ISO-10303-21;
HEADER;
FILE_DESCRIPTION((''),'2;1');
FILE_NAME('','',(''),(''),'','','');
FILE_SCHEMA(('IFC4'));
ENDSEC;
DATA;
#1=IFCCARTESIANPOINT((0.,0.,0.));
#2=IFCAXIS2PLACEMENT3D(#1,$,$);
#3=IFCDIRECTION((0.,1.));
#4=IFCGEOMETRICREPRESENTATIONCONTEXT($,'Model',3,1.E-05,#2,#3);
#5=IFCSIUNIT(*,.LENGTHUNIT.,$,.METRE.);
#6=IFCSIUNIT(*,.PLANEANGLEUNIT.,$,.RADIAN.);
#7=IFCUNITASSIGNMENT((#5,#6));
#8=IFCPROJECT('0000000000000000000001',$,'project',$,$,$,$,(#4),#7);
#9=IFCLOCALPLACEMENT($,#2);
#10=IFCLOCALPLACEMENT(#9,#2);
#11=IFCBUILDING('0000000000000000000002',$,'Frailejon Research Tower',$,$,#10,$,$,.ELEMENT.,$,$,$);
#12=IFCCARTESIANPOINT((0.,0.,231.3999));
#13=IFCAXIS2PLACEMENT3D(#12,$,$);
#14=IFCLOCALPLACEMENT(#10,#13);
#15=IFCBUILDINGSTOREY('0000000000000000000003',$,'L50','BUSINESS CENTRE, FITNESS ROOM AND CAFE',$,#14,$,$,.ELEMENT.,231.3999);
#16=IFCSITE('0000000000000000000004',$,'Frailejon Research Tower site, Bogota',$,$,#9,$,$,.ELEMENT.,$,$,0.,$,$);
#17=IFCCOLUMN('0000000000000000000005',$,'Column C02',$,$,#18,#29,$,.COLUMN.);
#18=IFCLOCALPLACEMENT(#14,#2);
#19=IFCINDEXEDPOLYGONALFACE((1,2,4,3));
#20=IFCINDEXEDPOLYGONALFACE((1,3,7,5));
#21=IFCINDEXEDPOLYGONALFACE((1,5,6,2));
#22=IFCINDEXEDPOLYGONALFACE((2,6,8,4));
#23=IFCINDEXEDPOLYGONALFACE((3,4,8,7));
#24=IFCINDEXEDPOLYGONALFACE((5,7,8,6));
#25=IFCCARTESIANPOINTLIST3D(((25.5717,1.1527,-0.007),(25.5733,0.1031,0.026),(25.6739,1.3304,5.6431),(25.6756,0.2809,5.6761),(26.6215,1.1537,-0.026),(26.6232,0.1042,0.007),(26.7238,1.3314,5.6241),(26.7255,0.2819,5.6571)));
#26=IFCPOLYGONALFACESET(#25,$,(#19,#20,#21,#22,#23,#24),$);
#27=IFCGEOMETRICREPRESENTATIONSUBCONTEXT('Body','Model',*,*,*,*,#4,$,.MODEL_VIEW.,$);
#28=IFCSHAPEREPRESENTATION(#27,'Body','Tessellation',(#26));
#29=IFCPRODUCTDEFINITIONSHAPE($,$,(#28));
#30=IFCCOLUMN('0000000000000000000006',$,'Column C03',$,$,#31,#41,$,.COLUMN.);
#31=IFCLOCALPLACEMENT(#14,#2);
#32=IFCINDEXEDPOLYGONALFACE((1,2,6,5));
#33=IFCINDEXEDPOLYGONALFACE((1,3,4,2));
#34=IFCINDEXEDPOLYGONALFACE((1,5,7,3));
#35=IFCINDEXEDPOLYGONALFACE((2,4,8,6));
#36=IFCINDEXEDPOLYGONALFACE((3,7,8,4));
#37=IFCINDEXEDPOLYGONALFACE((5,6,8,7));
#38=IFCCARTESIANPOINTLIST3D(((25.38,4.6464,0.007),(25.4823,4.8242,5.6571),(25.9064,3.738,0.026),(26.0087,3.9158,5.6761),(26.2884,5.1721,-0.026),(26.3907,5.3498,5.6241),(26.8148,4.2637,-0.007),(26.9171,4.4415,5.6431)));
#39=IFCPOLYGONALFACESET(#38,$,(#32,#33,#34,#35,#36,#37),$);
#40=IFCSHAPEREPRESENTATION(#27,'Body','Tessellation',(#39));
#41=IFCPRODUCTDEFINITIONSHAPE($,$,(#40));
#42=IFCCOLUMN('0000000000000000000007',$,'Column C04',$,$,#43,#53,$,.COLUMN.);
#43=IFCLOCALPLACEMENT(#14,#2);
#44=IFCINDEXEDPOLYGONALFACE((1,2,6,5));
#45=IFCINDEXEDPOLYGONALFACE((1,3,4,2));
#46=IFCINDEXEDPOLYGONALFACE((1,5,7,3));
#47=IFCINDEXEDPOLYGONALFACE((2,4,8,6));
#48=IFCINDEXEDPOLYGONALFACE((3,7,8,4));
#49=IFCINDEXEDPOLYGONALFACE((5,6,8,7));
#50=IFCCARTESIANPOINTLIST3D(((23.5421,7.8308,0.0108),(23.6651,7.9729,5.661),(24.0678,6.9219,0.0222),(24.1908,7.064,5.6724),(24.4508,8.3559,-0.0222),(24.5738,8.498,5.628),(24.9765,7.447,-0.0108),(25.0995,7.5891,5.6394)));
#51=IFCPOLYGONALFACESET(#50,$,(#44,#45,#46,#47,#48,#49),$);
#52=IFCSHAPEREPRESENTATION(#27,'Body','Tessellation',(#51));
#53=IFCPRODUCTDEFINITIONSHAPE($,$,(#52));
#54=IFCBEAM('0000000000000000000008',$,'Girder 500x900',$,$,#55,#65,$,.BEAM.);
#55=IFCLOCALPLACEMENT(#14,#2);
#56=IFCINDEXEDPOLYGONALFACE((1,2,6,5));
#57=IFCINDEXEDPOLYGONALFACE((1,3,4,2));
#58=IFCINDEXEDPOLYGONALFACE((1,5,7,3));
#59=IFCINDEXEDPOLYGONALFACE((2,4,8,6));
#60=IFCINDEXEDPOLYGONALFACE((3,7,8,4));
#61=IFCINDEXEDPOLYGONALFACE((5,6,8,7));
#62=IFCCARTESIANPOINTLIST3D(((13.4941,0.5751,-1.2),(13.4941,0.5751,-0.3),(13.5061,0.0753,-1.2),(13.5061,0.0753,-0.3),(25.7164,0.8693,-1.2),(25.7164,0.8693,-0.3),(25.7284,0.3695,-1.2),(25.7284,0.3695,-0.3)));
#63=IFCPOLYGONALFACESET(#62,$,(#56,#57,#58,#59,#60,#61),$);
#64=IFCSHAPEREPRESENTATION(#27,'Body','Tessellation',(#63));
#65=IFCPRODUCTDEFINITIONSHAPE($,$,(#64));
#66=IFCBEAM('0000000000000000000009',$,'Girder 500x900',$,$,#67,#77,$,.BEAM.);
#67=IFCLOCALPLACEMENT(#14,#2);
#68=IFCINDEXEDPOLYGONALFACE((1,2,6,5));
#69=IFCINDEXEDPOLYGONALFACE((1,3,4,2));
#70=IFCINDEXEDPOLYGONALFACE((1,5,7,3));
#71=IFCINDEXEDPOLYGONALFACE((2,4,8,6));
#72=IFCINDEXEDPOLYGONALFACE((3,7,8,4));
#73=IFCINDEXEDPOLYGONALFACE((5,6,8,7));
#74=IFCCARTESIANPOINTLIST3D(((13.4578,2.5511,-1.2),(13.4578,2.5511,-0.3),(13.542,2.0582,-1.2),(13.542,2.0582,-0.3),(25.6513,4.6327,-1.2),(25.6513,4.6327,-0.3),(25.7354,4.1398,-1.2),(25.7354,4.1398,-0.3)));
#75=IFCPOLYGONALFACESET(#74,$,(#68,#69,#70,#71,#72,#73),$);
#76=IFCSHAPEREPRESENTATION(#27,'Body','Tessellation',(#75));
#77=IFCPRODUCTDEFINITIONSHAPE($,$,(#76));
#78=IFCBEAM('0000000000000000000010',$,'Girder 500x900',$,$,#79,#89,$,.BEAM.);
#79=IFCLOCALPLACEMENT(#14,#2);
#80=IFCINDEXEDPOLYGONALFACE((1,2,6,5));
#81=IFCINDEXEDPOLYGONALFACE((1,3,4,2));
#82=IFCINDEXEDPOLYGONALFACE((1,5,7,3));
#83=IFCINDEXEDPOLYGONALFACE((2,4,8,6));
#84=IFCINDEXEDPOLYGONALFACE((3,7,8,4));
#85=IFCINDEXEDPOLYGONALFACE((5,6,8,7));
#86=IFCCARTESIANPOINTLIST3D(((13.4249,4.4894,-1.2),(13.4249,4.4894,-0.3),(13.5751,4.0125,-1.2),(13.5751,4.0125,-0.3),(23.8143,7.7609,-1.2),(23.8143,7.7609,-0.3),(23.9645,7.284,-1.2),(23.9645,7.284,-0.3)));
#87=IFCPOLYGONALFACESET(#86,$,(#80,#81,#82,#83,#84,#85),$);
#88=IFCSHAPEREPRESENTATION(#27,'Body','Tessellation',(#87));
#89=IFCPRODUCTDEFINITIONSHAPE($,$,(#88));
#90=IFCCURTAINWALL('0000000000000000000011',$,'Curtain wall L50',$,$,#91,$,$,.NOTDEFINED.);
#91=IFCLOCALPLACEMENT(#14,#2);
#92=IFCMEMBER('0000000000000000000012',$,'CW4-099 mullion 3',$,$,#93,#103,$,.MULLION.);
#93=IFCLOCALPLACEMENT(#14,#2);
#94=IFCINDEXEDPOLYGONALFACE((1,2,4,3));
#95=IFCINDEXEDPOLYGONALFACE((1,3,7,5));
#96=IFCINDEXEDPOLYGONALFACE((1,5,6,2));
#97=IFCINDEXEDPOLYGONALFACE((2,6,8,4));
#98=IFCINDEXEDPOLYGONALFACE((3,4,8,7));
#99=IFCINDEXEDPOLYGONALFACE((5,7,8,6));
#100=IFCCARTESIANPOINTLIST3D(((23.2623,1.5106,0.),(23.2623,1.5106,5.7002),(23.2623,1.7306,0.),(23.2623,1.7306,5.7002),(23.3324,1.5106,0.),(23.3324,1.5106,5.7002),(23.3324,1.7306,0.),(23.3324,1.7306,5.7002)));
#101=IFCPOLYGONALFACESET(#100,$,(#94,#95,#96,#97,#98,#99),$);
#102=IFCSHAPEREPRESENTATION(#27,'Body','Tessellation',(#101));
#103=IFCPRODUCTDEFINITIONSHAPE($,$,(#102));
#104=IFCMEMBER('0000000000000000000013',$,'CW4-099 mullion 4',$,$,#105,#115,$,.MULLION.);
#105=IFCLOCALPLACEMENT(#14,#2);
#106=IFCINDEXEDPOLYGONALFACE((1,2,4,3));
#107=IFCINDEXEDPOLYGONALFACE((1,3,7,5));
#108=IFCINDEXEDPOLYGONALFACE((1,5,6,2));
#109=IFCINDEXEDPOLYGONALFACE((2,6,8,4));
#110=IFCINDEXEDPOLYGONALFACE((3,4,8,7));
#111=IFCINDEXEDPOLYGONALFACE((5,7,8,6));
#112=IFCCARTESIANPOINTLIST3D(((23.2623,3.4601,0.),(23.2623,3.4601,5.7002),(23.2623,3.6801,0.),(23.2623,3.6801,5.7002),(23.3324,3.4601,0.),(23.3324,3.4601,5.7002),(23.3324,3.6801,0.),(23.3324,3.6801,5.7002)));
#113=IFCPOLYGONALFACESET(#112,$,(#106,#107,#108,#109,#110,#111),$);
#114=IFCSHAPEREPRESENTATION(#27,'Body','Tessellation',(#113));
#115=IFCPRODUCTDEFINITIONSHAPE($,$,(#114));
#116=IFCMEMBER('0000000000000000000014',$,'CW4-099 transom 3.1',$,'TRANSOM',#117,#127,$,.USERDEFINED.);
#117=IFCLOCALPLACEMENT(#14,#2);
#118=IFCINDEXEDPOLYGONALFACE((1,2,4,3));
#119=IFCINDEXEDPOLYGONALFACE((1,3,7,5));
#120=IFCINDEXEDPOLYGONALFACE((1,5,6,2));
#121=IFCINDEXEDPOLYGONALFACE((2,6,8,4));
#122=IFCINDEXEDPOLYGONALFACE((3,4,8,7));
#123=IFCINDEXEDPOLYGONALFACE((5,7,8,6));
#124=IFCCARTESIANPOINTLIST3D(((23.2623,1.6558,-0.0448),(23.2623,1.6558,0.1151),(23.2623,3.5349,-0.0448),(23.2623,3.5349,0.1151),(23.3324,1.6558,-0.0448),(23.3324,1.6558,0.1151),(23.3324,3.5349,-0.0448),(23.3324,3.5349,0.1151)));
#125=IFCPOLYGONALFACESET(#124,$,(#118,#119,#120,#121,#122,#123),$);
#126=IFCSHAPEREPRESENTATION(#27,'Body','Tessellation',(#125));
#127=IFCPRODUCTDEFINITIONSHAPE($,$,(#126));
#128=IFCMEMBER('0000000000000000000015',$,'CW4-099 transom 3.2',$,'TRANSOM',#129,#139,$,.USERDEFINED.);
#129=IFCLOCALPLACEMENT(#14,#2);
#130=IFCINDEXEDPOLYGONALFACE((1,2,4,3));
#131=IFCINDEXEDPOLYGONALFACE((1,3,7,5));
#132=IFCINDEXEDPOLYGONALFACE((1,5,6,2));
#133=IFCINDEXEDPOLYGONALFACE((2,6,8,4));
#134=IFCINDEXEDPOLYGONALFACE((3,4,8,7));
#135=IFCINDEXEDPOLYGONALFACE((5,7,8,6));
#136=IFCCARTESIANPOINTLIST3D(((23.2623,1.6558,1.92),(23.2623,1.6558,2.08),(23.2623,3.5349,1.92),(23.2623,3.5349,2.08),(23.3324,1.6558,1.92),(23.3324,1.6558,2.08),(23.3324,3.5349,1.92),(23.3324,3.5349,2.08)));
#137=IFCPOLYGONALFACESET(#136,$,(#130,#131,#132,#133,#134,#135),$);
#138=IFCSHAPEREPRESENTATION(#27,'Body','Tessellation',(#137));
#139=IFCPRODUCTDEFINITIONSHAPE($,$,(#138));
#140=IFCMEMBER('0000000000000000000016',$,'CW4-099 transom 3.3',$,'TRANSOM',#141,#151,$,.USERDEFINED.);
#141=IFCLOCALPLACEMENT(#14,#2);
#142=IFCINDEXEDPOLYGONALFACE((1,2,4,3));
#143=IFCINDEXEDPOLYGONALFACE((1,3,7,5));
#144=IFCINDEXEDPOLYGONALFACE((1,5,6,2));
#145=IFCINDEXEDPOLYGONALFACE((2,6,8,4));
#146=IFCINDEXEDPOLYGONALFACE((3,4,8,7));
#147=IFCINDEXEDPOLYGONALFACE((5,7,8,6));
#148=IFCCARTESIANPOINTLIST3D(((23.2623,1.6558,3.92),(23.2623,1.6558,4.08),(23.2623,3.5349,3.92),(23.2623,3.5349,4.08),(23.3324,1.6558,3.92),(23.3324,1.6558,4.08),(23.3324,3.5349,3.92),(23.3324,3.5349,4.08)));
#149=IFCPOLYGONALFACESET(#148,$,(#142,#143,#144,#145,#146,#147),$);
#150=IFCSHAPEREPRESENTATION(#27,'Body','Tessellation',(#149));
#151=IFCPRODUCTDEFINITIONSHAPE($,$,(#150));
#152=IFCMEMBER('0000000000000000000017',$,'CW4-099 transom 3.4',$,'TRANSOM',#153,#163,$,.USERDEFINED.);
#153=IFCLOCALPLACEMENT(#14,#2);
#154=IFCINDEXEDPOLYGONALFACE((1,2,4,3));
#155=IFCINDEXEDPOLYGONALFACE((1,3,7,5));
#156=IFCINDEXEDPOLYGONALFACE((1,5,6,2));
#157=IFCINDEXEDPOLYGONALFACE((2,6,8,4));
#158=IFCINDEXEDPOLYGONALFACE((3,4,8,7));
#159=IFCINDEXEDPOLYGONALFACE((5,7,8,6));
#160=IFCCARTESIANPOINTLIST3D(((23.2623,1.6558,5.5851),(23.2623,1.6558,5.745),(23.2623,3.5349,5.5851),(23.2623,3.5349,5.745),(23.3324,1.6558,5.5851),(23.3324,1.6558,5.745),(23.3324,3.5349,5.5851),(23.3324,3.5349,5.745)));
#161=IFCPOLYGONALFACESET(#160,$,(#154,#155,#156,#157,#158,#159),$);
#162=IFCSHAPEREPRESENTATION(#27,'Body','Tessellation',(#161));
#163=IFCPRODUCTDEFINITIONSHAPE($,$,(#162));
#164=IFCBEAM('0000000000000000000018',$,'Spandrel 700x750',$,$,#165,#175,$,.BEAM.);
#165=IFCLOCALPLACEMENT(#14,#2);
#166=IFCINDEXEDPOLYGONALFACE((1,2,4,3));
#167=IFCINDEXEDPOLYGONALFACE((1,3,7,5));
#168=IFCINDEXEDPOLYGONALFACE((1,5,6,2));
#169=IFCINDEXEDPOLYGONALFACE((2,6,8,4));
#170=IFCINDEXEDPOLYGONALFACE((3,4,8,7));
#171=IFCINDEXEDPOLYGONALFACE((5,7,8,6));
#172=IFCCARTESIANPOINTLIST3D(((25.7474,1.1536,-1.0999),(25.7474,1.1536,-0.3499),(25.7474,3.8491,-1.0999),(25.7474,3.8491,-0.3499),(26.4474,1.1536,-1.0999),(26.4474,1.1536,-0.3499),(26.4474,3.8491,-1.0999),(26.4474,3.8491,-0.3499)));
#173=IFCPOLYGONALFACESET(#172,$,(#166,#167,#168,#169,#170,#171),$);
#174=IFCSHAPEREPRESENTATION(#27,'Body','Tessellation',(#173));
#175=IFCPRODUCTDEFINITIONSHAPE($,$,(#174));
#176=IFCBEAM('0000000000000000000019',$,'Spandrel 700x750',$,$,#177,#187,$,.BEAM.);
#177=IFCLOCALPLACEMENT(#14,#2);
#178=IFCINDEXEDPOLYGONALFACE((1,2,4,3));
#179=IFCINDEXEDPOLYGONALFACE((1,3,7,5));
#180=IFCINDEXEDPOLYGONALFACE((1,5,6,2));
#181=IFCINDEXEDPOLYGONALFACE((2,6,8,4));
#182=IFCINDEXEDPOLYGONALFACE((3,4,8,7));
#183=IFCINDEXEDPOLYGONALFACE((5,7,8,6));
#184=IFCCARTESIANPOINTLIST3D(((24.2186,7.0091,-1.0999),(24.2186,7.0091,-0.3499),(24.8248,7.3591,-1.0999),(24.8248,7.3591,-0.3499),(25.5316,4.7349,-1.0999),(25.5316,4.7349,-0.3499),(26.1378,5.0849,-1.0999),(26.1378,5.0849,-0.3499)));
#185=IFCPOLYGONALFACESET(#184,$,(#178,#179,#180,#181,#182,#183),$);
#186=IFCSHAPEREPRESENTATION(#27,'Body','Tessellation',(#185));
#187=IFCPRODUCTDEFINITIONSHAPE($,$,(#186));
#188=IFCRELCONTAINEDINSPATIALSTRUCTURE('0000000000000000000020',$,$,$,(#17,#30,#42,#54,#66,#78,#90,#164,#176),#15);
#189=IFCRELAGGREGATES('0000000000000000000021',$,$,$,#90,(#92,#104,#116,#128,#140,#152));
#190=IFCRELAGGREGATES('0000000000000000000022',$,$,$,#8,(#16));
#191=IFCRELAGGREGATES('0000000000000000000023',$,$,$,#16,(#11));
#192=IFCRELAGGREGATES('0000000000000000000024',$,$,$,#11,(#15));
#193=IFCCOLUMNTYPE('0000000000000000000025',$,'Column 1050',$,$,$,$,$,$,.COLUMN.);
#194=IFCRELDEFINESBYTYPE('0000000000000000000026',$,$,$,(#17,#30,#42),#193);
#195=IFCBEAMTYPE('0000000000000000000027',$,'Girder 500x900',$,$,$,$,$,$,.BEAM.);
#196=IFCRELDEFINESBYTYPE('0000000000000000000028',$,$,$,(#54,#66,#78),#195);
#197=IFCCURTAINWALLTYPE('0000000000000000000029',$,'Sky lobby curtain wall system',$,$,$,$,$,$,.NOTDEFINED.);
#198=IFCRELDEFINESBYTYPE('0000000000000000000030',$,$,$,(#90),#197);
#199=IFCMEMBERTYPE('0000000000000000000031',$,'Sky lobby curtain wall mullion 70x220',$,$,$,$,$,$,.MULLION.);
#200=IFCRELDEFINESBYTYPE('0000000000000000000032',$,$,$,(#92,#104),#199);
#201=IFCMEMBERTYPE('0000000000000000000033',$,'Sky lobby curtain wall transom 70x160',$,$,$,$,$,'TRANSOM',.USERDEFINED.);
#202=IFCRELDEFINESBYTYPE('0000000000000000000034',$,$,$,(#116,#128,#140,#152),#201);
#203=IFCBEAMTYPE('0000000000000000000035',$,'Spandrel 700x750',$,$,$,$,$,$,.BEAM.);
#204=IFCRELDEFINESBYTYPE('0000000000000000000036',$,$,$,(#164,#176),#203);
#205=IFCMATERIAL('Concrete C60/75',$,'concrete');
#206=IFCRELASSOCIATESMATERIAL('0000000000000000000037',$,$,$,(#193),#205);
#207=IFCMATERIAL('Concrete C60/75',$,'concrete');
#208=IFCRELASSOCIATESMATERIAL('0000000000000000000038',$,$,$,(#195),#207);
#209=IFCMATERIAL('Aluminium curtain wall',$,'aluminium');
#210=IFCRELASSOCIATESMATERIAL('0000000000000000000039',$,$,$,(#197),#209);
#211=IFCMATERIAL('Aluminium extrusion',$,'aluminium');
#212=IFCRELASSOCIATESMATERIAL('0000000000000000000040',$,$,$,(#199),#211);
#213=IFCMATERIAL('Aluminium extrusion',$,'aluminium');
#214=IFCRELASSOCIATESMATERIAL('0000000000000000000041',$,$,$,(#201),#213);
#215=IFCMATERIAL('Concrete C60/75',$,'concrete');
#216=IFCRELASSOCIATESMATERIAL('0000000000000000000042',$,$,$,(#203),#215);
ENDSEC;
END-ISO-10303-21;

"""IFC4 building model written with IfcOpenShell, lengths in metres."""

from ifc_helpers import new_model, si_unit, direction, frame, origin, origin_2d, place, context, subcontext, project, spatial, rectangle, extrude, material, material_profile, profile_set, type_object, element, aggregate, save


model = new_model("IFC4")

# Units and contexts
model_context = context("Model", 3, precision=1e-05, world=origin(), true_north=direction((0.0, 1.0)))
body_context = subcontext(model_context, "Body", "Model", "MODEL_VIEW")
ifc_project = project(units=[si_unit("LENGTHUNIT", "METRE"), si_unit("PLANEANGLEUNIT", "RADIAN")], contexts=[model_context])

# Site, building, storey
site_placement = place(None, origin())
site = spatial("IfcSite", under=ifc_project, at=site_placement, Name="Frailejon Research Tower site, Bogota", CompositionType="ELEMENT", RefElevation=0.0)
building_placement = place(site_placement, origin())
building = spatial("IfcBuilding", under=site, at=building_placement, Name="Frailejon Research Tower", CompositionType="ELEMENT")
storey_placement = place(building_placement, frame((0.0, 0.0, 231.3999)))
storey = spatial("IfcBuildingStorey", under=building, at=storey_placement, Name="L50", Description="BUSINESS CENTRE, FITNESS ROOM AND CAFE", CompositionType="ELEMENT", Elevation=231.3999)

# Columns
ifc_material_1 = material(Name="Concrete C60/75", Category="concrete")
ifc_material_profile_1 = material_profile(ifc_material_1, rectangle(XDim=1.05, YDim=1.05, at=origin_2d()), Name="Column 1050")
ifc_profile_set_1 = profile_set([ifc_material_profile_1], Name="Concrete C60/75")
column_type = type_object("IfcColumnType", Name="Column 1050", PredefinedType="COLUMN", material=ifc_profile_set_1)
for number, where, z_axis, x_axis, name in (
    (1, (26.0974, 0.6284, 0.0), (0.018093, 0.031436, 0.999342), (-0.00157, 0.999505, -0.031413), "Column C02"),
    (2, (26.0974, 4.4551, 0.0), (0.018093, 0.031436, 0.999342), (-0.501277, 0.865097, -0.018137), "Column C03"),
):
    element("IfcColumn", number, at=place(storey_placement, frame(where, z_axis=z_axis, x_axis=x_axis)), inside=storey, type_object=column_type, Name=name, PredefinedType="COLUMN", context=body_context, shape_type="SweptSolid", body=[
        extrude(rectangle(XDim=1.05, YDim=1.05, at=origin_2d()), origin(), (0.0, 0.0, 1.0), 5.6538),
    ])
column_placement = place(storey_placement, frame((24.2593, 7.6389, 0.0), z_axis=(0.021766, 0.025134, 0.999447), x_axis=(-0.500628, 0.865594, -0.010865)))
element("IfcColumn", 3, at=column_placement, inside=storey, type_object=column_type, Name="Column C04", PredefinedType="COLUMN", context=body_context, shape_type="SweptSolid", body=[
    extrude(rectangle(XDim=1.05, YDim=1.05, at=origin_2d()), origin(), (0.0, 0.0, 1.0), 5.6533),
])

# Beams
ifc_material_2 = material(Name="Concrete C60/75", Category="concrete")
ifc_material_profile_2 = material_profile(ifc_material_2, rectangle(XDim=0.5, YDim=0.8999, at=origin_2d()), Name="Girder 500x900")
ifc_profile_set_2 = profile_set([ifc_material_profile_2], Name="Concrete C60/75")
beam_type_1 = type_object("IfcBeamType", Name="Girder 500x900", PredefinedType="BEAM", material=ifc_profile_set_2)
beam_1_placement = place(storey_placement, frame((25.7224, 0.6194, -0.75), z_axis=(-0.99971, -0.024063, 0.0), x_axis=(0.024063, -0.99971, 0.0)))
element("IfcBeam", 4, at=beam_1_placement, inside=storey, type_object=beam_type_1, Name="Girder 500x900", PredefinedType="BEAM", context=body_context, shape_type="SweptSolid", body=[
    extrude(rectangle(XDim=0.5, YDim=0.8999, at=origin_2d()), origin(), (0.0, 0.0, 1.0), 12.2258),
])
beam_2_placement = place(storey_placement, frame((25.6934, 4.3862, -0.75), z_axis=(-0.98574, -0.168277, 0.0), x_axis=(0.168277, -0.98574, 0.0)))
element("IfcBeam", 5, at=beam_2_placement, inside=storey, type_object=beam_type_1, Name="Girder 500x900", PredefinedType="BEAM", context=body_context, shape_type="SweptSolid", body=[
    extrude(rectangle(XDim=0.5, YDim=0.8999, at=origin_2d()), origin(), (0.0, 0.0, 1.0), 12.3699),
])
beam_3_placement = place(storey_placement, frame((23.8894, 7.5225, -0.75), z_axis=(-0.95383, -0.300348, 0.0), x_axis=(0.300348, -0.95383, 0.0)))
element("IfcBeam", 6, at=beam_3_placement, inside=storey, type_object=beam_type_1, Name="Girder 500x900", PredefinedType="BEAM", context=body_context, shape_type="SweptSolid", body=[
    extrude(rectangle(XDim=0.5, YDim=0.8999, at=origin_2d()), origin(), (0.0, 0.0, 1.0), 10.8923),
])

# Curtain wall, members
ifc_material_3 = material(Name="Aluminium curtain wall", Category="aluminium")
curtain_wall_type = type_object("IfcCurtainWallType", Name="Sky lobby curtain wall system", PredefinedType="NOTDEFINED", material=ifc_material_3)
curtain_wall_placement = place(storey_placement, origin())
curtain_wall = element("IfcCurtainWall", 7, at=curtain_wall_placement, inside=storey, type_object=curtain_wall_type, Name="Curtain wall L50", PredefinedType="NOTDEFINED")
ifc_material_4 = material(Name="Aluminium extrusion", Category="aluminium")
ifc_material_profile_3 = material_profile(ifc_material_4, rectangle(XDim=0.0701, YDim=0.22, at=origin_2d()), Name="Sky lobby curtain wall mullion 70x220")
ifc_profile_set_3 = profile_set([ifc_material_profile_3], Name="Aluminium extrusion")
member_type_1 = type_object("IfcMemberType", Name="Sky lobby curtain wall mullion 70x220", PredefinedType="MULLION", material=ifc_profile_set_3)
member_1_placement = place(storey_placement, frame((23.2974, 1.6206, 0.0), z_axis=(0.0, 0.0, 1.0), x_axis=(-1.0, 0.0, 0.0)))
member_1 = element("IfcMember", 8, at=member_1_placement, type_object=member_type_1, Name="CW4-099 mullion 3", PredefinedType="MULLION", context=body_context, shape_type="SweptSolid", body=[
    extrude(rectangle(XDim=0.0701, YDim=0.22, at=origin_2d()), origin(), (0.0, 0.0, 1.0), 5.7002),
])
member_2_placement = place(storey_placement, frame((23.2974, 3.5701, 0.0), z_axis=(0.0, 0.0, 1.0), x_axis=(-1.0, 0.0, 0.0)))
member_2 = element("IfcMember", 9, at=member_2_placement, type_object=member_type_1, Name="CW4-099 mullion 4", PredefinedType="MULLION", context=body_context, shape_type="SweptSolid", body=[
    extrude(rectangle(XDim=0.0701, YDim=0.22, at=origin_2d()), origin(), (0.0, 0.0, 1.0), 5.7002),
])
ifc_material_5 = material(Name="Aluminium extrusion", Category="aluminium")
ifc_material_profile_4 = material_profile(ifc_material_5, rectangle(XDim=0.0701, YDim=0.1599, at=origin_2d()), Name="Sky lobby curtain wall transom 70x160")
ifc_profile_set_4 = profile_set([ifc_material_profile_4], Name="Aluminium extrusion")
member_type_2 = type_object("IfcMemberType", Name="Sky lobby curtain wall transom 70x160", ElementType="TRANSOM", PredefinedType="USERDEFINED", material=ifc_profile_set_4)
member_3_placement = place(storey_placement, frame((23.2974, 1.6558, 0.0352), z_axis=(0.0, 1.0, 0.0), x_axis=(-1.0, 0.0, 0.0)))
member_3 = element("IfcMember", 10, at=member_3_placement, type_object=member_type_2, Name="CW4-099 transom 3.1", ObjectType="TRANSOM", PredefinedType="USERDEFINED", context=body_context, shape_type="SweptSolid", body=[
    extrude(rectangle(XDim=0.0701, YDim=0.1599, at=origin_2d()), origin(), (0.0, 0.0, 1.0), 1.8792),
])
member_4_placement = place(storey_placement, frame((23.2974, 1.6558, 2.0), z_axis=(0.0, 1.0, 0.0), x_axis=(-1.0, 0.0, 0.0)))
member_4 = element("IfcMember", 11, at=member_4_placement, type_object=member_type_2, Name="CW4-099 transom 3.2", ObjectType="TRANSOM", PredefinedType="USERDEFINED", context=body_context, shape_type="SweptSolid", body=[
    extrude(rectangle(XDim=0.0701, YDim=0.1599, at=origin_2d()), origin(), (0.0, 0.0, 1.0), 1.8792),
])
member_5_placement = place(storey_placement, frame((23.2974, 1.6558, 4.0), z_axis=(0.0, 1.0, 0.0), x_axis=(-1.0, 0.0, 0.0)))
member_5 = element("IfcMember", 12, at=member_5_placement, type_object=member_type_2, Name="CW4-099 transom 3.3", ObjectType="TRANSOM", PredefinedType="USERDEFINED", context=body_context, shape_type="SweptSolid", body=[
    extrude(rectangle(XDim=0.0701, YDim=0.1599, at=origin_2d()), origin(), (0.0, 0.0, 1.0), 1.8792),
])
member_6_placement = place(storey_placement, frame((23.2974, 1.6558, 5.665), z_axis=(0.0, 1.0, 0.0), x_axis=(-1.0, 0.0, 0.0)))
member_6 = element("IfcMember", 13, at=member_6_placement, type_object=member_type_2, Name="CW4-099 transom 3.4", ObjectType="TRANSOM", PredefinedType="USERDEFINED", context=body_context, shape_type="SweptSolid", body=[
    extrude(rectangle(XDim=0.0701, YDim=0.1599, at=origin_2d()), origin(), (0.0, 0.0, 1.0), 1.8792),
])

# Beams
ifc_material_6 = material(Name="Concrete C60/75", Category="concrete")
ifc_material_profile_5 = material_profile(ifc_material_6, rectangle(XDim=0.7, YDim=0.75, at=origin_2d()), Name="Spandrel 700x750")
ifc_profile_set_5 = profile_set([ifc_material_profile_5], Name="Concrete C60/75")
beam_type_2 = type_object("IfcBeamType", Name="Spandrel 700x750", PredefinedType="BEAM", material=ifc_profile_set_5)
beam_4_placement = place(storey_placement, frame((26.0974, 1.1536, -0.7249), z_axis=(0.0, 1.0, 0.0), x_axis=(-1.0, 0.0, 0.0)))
element("IfcBeam", 14, at=beam_4_placement, inside=storey, type_object=beam_type_2, Name="Spandrel 700x750", PredefinedType="BEAM", context=body_context, shape_type="SweptSolid", body=[
    extrude(rectangle(XDim=0.7, YDim=0.75, at=origin_2d()), origin(), (0.0, 0.0, 1.0), 2.6956),
])
beam_5_placement = place(storey_placement, frame((25.8347, 4.9099, -0.7249), z_axis=(-0.499999, 0.866026, 0.0), x_axis=(-0.866026, -0.499999, 0.0)))
element("IfcBeam", 15, at=beam_5_placement, inside=storey, type_object=beam_type_2, Name="Spandrel 700x750", PredefinedType="BEAM", context=body_context, shape_type="SweptSolid", body=[
    extrude(rectangle(XDim=0.7, YDim=0.75, at=origin_2d()), origin(), (0.0, 0.0, 1.0), 2.626),
])

aggregate(curtain_wall, [member_1, member_2, member_3, member_4, member_5, member_6])

save(model, "model.ifc")
